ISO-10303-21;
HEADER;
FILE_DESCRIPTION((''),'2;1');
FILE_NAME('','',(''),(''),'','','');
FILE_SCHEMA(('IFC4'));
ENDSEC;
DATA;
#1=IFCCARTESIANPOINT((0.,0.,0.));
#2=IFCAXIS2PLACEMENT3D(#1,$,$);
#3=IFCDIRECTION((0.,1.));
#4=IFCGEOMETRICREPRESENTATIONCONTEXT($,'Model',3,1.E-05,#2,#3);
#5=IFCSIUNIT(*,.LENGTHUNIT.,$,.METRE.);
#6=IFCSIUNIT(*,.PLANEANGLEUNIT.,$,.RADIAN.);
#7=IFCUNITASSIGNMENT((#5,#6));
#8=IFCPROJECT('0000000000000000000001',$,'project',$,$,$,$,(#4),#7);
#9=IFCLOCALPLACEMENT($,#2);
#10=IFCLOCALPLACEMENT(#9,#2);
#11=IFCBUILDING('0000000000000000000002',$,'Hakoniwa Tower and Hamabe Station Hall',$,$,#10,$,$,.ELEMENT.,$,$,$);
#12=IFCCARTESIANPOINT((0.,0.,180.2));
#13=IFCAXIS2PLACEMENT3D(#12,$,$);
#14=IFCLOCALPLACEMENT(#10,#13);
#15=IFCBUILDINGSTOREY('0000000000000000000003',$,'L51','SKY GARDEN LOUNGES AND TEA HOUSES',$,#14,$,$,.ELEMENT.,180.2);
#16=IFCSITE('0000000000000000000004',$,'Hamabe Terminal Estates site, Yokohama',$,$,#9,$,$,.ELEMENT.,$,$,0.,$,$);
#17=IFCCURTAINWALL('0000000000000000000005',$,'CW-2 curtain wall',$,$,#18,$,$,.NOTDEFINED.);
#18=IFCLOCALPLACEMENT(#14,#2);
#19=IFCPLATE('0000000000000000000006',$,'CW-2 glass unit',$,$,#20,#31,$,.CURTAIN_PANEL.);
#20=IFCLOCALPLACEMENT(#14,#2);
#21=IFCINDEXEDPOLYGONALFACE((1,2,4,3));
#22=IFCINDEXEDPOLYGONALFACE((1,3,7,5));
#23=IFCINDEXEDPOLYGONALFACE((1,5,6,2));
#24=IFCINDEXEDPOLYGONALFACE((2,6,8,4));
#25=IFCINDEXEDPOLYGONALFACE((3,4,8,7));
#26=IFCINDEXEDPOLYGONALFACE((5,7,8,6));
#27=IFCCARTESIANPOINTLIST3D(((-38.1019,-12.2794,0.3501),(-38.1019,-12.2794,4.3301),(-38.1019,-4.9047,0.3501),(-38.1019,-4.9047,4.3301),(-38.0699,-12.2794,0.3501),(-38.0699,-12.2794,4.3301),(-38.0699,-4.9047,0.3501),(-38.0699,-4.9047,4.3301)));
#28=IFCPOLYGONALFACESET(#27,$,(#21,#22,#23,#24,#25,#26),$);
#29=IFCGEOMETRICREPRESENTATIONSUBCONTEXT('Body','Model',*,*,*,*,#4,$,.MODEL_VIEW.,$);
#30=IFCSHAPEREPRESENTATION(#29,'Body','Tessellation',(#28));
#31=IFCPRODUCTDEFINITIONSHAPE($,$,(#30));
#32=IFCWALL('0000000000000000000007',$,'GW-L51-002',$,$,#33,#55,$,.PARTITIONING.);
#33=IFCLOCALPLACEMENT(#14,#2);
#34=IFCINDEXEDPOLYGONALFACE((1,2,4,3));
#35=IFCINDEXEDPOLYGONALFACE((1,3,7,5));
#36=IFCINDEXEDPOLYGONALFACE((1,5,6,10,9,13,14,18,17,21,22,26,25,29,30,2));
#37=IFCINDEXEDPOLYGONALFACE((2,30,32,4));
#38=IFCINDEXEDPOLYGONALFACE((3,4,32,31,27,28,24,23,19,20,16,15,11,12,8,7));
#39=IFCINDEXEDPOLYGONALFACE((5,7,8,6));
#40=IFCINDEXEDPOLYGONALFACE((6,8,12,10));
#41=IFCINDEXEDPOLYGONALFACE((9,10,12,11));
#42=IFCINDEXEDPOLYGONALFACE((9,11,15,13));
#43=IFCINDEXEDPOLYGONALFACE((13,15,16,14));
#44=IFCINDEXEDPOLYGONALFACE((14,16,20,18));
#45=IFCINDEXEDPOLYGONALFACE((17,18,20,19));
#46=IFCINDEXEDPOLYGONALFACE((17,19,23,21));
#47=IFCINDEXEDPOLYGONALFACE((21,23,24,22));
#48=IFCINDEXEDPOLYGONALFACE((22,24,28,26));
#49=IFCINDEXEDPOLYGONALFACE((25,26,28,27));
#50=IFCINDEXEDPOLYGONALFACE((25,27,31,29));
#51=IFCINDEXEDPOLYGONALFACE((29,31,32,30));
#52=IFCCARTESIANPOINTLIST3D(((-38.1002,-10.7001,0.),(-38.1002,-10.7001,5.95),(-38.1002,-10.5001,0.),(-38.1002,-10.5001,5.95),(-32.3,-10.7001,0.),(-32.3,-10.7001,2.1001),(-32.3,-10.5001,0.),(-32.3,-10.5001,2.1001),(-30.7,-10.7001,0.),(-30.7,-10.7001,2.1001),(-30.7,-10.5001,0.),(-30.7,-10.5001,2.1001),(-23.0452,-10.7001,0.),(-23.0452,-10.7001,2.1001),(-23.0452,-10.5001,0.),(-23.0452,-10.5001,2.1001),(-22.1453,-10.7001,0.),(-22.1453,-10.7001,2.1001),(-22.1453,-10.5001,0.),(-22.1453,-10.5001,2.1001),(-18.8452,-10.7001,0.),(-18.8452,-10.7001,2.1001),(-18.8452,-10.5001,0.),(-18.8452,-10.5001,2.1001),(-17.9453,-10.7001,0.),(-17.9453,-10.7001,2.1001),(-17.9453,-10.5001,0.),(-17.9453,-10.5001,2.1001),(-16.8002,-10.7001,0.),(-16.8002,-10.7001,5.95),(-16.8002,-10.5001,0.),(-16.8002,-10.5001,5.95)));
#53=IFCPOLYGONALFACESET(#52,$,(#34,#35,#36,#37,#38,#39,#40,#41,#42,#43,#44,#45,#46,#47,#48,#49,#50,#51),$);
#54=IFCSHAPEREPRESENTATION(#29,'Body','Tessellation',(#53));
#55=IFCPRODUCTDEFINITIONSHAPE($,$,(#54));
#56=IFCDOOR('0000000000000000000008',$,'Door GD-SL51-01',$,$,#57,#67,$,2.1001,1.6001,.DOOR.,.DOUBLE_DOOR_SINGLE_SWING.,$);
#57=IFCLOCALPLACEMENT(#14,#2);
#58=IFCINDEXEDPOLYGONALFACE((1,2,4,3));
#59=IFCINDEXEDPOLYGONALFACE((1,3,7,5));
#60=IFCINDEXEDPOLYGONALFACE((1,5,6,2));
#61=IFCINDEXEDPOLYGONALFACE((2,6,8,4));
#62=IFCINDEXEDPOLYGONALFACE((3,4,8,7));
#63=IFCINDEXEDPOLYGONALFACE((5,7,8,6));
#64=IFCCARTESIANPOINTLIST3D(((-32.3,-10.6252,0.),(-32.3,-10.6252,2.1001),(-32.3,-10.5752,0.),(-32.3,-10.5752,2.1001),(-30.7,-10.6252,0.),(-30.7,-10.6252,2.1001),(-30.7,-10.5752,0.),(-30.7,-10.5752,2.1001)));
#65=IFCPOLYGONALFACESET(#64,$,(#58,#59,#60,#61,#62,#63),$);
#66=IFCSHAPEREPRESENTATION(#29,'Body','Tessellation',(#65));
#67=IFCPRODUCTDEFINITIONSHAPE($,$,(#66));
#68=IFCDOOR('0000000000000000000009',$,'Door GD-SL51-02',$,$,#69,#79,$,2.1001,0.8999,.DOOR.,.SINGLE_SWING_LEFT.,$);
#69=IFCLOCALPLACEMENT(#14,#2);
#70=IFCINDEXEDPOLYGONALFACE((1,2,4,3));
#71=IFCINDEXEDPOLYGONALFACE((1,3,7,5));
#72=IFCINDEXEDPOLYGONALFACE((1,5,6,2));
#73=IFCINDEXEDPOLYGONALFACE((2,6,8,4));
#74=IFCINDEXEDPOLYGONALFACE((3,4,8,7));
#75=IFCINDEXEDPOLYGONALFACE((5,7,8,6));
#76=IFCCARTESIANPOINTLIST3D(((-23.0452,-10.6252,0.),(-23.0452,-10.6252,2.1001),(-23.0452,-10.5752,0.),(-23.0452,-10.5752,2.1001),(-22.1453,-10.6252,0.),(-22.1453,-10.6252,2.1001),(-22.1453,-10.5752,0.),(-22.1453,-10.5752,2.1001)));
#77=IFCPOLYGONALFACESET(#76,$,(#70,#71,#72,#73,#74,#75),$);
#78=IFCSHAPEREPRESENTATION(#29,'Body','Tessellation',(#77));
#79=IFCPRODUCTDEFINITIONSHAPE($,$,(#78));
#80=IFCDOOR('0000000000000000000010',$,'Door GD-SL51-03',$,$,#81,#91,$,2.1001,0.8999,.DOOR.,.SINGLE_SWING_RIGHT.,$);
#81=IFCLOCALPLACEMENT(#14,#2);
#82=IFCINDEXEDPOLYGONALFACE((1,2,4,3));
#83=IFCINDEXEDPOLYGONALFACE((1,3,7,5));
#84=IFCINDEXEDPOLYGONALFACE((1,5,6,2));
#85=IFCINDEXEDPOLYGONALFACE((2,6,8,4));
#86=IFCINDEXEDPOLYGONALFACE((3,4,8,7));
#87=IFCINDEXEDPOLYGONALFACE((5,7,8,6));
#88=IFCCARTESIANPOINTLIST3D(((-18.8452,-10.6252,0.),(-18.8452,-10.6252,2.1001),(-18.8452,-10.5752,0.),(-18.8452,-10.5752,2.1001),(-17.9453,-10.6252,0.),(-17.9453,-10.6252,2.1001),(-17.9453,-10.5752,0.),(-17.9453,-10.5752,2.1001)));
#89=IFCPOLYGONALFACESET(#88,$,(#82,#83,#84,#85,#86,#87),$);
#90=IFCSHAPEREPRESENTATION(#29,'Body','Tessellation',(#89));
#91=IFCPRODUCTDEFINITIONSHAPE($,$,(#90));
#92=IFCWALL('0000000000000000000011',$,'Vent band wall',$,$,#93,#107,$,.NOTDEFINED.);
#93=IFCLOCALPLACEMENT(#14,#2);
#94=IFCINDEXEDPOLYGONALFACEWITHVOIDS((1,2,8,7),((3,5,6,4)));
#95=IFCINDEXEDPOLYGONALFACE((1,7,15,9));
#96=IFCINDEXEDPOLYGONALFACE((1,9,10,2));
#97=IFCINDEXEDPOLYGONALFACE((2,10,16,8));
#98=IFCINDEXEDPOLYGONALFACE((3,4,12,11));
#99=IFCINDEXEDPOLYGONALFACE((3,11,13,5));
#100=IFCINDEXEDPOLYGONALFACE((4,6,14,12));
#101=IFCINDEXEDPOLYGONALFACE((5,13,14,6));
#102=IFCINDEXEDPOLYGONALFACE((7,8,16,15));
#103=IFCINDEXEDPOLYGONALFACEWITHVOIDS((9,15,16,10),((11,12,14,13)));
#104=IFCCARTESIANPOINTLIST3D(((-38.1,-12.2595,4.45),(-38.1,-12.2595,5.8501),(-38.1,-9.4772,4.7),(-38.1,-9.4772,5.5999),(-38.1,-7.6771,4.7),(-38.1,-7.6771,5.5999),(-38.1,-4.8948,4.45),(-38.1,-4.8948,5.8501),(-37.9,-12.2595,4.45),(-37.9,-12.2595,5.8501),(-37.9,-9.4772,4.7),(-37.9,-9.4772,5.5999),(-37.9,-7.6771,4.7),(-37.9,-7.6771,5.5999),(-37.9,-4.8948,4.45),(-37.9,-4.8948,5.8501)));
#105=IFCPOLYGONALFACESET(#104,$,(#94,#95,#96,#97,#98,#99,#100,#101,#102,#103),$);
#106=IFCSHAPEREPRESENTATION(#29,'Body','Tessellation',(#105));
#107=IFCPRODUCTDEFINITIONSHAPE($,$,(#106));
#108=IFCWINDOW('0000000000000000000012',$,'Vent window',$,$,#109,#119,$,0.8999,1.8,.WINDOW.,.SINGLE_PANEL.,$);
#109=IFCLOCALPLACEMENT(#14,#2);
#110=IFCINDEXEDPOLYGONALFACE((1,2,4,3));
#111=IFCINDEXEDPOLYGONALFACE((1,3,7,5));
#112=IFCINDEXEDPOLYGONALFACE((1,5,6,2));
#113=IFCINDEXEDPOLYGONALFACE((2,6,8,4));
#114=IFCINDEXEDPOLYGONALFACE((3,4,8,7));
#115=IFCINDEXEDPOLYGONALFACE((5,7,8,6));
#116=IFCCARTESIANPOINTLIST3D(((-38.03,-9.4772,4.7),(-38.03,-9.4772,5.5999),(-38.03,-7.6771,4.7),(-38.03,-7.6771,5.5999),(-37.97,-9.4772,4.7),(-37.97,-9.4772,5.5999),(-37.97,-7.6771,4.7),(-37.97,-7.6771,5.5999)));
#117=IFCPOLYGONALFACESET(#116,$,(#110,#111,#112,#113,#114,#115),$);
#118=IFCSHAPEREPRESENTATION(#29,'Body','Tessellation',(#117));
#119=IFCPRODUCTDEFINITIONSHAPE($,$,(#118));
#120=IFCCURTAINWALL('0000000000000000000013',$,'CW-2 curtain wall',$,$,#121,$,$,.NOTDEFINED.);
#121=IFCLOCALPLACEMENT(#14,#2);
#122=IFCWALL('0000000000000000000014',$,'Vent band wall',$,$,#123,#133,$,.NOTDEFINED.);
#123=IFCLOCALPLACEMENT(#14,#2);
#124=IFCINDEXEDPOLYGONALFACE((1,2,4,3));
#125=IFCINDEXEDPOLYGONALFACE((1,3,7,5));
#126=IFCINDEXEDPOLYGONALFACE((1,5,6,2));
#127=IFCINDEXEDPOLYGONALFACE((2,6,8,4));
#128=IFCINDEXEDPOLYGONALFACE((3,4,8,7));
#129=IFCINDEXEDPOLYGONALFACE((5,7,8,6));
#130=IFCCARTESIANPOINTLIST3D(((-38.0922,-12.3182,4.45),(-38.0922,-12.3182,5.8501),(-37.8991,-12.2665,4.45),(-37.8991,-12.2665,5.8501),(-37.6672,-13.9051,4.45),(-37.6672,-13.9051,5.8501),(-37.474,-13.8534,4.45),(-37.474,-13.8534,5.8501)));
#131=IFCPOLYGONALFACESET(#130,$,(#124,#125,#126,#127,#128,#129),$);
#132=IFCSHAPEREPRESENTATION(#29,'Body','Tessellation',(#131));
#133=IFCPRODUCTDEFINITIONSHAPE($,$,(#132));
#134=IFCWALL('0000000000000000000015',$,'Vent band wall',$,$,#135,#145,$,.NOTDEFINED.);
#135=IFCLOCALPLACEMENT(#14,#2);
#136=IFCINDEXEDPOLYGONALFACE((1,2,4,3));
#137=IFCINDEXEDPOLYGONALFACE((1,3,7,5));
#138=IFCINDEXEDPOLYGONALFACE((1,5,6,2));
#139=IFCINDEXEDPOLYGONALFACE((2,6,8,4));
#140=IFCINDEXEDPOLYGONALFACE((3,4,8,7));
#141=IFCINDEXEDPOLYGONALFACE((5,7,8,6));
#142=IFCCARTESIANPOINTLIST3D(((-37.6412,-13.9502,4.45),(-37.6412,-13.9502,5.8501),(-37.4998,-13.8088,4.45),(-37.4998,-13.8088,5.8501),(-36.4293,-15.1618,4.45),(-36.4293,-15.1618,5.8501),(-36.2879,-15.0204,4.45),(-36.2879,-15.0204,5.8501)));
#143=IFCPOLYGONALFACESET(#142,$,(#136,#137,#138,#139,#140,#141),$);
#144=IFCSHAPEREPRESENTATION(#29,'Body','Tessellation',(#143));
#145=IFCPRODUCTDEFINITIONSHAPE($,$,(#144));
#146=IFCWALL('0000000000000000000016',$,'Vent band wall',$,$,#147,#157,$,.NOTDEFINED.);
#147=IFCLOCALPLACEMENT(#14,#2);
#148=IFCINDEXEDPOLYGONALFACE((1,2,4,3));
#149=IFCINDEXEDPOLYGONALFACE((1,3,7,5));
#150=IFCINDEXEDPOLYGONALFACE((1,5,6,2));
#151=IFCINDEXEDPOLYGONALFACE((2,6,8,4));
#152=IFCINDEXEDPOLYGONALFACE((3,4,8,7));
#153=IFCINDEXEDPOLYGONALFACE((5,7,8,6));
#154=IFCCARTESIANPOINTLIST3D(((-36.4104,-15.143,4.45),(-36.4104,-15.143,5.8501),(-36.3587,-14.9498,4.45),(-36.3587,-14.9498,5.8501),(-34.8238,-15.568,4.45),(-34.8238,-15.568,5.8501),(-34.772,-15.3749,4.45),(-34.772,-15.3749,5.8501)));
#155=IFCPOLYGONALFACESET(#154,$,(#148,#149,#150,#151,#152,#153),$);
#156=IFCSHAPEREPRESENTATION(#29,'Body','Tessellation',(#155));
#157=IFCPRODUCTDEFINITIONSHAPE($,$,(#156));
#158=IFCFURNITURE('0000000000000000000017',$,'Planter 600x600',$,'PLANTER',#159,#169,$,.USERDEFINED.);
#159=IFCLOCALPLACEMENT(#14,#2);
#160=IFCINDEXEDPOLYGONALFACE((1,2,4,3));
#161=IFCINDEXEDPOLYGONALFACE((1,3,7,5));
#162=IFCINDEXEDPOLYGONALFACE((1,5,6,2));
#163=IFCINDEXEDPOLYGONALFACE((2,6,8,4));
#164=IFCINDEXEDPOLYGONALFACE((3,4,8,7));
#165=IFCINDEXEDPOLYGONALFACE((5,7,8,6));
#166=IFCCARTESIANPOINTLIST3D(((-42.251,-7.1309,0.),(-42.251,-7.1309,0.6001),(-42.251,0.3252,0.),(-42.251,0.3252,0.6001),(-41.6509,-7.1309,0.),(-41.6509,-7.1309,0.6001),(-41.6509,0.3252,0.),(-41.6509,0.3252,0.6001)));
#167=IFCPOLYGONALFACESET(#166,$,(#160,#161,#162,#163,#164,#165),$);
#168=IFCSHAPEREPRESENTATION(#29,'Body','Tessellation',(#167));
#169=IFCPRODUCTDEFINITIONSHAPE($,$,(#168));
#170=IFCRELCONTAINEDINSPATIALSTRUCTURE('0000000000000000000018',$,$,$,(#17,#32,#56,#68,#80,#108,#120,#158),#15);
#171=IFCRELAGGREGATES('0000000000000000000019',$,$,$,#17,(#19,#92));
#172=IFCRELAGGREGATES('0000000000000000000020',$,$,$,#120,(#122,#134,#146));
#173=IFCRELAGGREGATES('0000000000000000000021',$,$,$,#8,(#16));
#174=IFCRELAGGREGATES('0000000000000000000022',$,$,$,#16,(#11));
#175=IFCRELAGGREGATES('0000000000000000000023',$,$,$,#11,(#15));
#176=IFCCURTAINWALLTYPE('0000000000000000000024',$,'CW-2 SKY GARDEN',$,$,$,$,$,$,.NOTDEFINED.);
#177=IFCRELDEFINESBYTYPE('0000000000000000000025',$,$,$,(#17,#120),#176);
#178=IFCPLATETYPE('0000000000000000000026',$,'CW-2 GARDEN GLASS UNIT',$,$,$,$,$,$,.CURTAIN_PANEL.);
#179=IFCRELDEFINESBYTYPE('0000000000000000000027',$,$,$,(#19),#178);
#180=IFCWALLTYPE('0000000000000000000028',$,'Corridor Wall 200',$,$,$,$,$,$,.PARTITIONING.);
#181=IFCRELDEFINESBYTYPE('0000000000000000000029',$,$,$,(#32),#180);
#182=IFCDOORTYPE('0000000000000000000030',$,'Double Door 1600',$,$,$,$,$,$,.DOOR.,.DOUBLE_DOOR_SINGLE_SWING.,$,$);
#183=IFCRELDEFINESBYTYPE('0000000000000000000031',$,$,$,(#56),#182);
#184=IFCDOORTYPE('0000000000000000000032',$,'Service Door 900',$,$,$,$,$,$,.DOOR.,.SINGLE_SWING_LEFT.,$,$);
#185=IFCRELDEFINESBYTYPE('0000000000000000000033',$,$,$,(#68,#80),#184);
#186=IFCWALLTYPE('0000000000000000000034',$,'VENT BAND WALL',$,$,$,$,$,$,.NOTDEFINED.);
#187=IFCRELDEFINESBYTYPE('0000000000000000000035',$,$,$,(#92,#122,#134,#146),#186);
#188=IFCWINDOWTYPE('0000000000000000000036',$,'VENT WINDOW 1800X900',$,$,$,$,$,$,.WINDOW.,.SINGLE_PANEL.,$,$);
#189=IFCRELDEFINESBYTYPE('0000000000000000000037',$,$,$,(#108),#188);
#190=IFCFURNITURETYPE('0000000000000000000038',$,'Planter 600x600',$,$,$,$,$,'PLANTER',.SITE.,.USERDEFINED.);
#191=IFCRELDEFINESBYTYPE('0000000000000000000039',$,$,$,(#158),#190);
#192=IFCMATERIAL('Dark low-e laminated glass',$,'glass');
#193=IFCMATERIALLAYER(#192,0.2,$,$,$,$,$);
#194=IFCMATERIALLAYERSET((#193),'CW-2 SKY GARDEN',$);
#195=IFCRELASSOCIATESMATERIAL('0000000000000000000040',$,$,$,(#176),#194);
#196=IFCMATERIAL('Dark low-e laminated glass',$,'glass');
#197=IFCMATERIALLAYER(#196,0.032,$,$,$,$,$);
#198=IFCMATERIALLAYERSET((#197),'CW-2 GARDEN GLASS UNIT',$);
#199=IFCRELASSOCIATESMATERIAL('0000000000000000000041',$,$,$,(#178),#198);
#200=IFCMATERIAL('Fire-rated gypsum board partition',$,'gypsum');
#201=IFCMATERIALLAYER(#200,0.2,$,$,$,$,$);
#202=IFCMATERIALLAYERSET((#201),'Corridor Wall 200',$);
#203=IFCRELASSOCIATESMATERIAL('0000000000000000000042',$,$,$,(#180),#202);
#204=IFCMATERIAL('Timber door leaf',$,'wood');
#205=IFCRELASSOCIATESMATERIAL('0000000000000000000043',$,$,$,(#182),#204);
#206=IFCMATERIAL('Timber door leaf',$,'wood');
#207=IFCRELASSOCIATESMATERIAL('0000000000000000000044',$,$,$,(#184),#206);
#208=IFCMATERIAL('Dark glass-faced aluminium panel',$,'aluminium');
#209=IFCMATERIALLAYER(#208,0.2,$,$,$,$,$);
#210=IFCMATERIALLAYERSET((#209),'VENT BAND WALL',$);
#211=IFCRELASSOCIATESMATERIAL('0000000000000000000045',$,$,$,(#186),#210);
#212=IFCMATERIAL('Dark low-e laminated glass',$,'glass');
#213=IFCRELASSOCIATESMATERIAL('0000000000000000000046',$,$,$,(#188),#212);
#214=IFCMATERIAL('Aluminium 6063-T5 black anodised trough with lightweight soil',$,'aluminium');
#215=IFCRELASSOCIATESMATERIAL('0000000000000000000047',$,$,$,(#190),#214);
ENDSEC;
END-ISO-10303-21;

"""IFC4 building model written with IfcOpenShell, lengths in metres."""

from ifc_helpers import new_model, si_unit, direction, frame, frame_2d, origin, origin_2d, place, context, subcontext, project, spatial, rectangle, extrude, material, layer, layer_set, type_object, element, fill, aggregate, save


model = new_model("IFC4")

# Units and contexts
model_context = context("Model", 3, precision=1e-05, world=origin(), true_north=direction((0.0, 1.0)))
body_context = subcontext(model_context, "Body", "Model", "MODEL_VIEW")
ifc_project = project(units=[si_unit("LENGTHUNIT", "METRE"), si_unit("PLANEANGLEUNIT", "RADIAN")], contexts=[model_context])

# Site, building, storey
site_placement = place(None, origin())
site = spatial("IfcSite", under=ifc_project, at=site_placement, Name="Hamabe Terminal Estates site, Yokohama", CompositionType="ELEMENT", RefElevation=0.0)
building_placement = place(site_placement, origin())
building = spatial("IfcBuilding", under=site, at=building_placement, Name="Hakoniwa Tower and Hamabe Station Hall", CompositionType="ELEMENT")
storey_placement = place(building_placement, frame((0.0, 0.0, 180.2)))
storey = spatial("IfcBuildingStorey", under=building, at=storey_placement, Name="L51", Description="SKY GARDEN LOUNGES AND TEA HOUSES", CompositionType="ELEMENT", Elevation=180.2)

# Shared definitions
ifc_material_1 = material(Name="Dark low-e laminated glass", Category="glass")
ifc_layer_1 = layer(ifc_material_1, 0.2)
ifc_layer_set_1 = layer_set([ifc_layer_1], Name="CW-2 SKY GARDEN")
curtain_wall_type = type_object("IfcCurtainWallType", Name="CW-2 SKY GARDEN", PredefinedType="NOTDEFINED", material=ifc_layer_set_1)

# Curtain wall, plate
curtain_wall_1_placement = place(storey_placement, origin())
curtain_wall_1 = element("IfcCurtainWall", 1, at=curtain_wall_1_placement, inside=storey, type_object=curtain_wall_type, Name="CW-2 curtain wall", PredefinedType="NOTDEFINED")
ifc_material_2 = material(Name="Dark low-e laminated glass", Category="glass")
ifc_layer_2 = layer(ifc_material_2, 0.032)
ifc_layer_set_2 = layer_set([ifc_layer_2], Name="CW-2 GARDEN GLASS UNIT")
plate_type = type_object("IfcPlateType", Name="CW-2 GARDEN GLASS UNIT", PredefinedType="CURTAIN_PANEL", material=ifc_layer_set_2)
plate_1_placement = place(storey_placement, frame((-38.0859, -8.592, 0.3501), z_axis=(0.0, 0.0, 1.0), x_axis=(0.0, -1.0, 0.0)))
plate_1 = element("IfcPlate", 2, at=plate_1_placement, type_object=plate_type, Name="CW-2 glass unit", PredefinedType="CURTAIN_PANEL", context=body_context, shape_type="SweptSolid", body=[
    extrude(rectangle(XDim=7.3748, YDim=0.032, at=origin_2d()), origin(), (0.0, 0.0, 1.0), 3.98),
])

# Wall, openings, doors
ifc_material_3 = material(Name="Fire-rated gypsum board partition", Category="gypsum")
ifc_layer_3 = layer(ifc_material_3, 0.2)
ifc_layer_set_3 = layer_set([ifc_layer_3], Name="Corridor Wall 200")
wall_type_1 = type_object("IfcWallType", Name="Corridor Wall 200", PredefinedType="PARTITIONING", material=ifc_layer_set_3)
wall_1_placement = place(storey_placement, frame((-38.1001, -10.6001, 0.0), z_axis=(0.0, 0.0, 1.0), x_axis=(1.0, 0.0, 0.0)))
wall_1 = element("IfcWall", 3, at=wall_1_placement, inside=storey, type_object=wall_type_1, Name="GW-L51-002", PredefinedType="PARTITIONING", context=body_context, shape_type="SweptSolid", body=[
    extrude(rectangle(XDim=21.3, YDim=0.2, at=frame_2d((10.6499, 0.0))), origin(), (0.0, 0.0, 1.0), 5.95),
])
opening_1_placement = place(wall_1_placement, frame((5.8, 0.0, 0.0)))
opening_1 = element("IfcOpeningElement", 4, at=opening_1_placement, cuts=wall_1, PredefinedType="OPENING", context=body_context, shape_type="SweptSolid", body=[
    extrude(rectangle(XDim=1.6001, YDim=2.1001, at=frame_2d((0.8, 1.05))), frame((0.0, 0.1099, 0.0), z_axis=(0.0, -1.0, 0.0), x_axis=(1.0, 0.0, 0.0)), (0.0, 0.0, 1.0), 0.22),
])
opening_2_placement = place(wall_1_placement, frame((15.0549, 0.0, 0.0)))
opening_2 = element("IfcOpeningElement", 5, at=opening_2_placement, cuts=wall_1, PredefinedType="OPENING", context=body_context, shape_type="SweptSolid", body=[
    extrude(rectangle(XDim=0.8999, YDim=2.1001, at=frame_2d((0.45, 1.05))), frame((0.0, 0.1099, 0.0), z_axis=(0.0, -1.0, 0.0), x_axis=(1.0, 0.0, 0.0)), (0.0, 0.0, 1.0), 0.22),
])
opening_3_placement = place(wall_1_placement, frame((19.2549, 0.0, 0.0)))
opening_3 = element("IfcOpeningElement", 6, at=opening_3_placement, cuts=wall_1, PredefinedType="OPENING", context=body_context, shape_type="SweptSolid", body=[
    extrude(rectangle(XDim=0.8999, YDim=2.1001, at=frame_2d((0.45, 1.05))), frame((0.0, 0.1099, 0.0), z_axis=(0.0, -1.0, 0.0), x_axis=(1.0, 0.0, 0.0)), (0.0, 0.0, 1.0), 0.22),
])
ifc_material_4 = material(Name="Timber door leaf", Category="wood")
door_type_1 = type_object("IfcDoorType", Name="Double Door 1600", OperationType="DOUBLE_DOOR_SINGLE_SWING", PredefinedType="DOOR", material=ifc_material_4)
door_1_placement = place(opening_1_placement, origin())
door_1 = element("IfcDoor", 7, at=door_1_placement, inside=storey, type_object=door_type_1, Name="Door GD-SL51-01", OperationType="DOUBLE_DOOR_SINGLE_SWING", OverallHeight=2.1001, OverallWidth=1.6001, PredefinedType="DOOR", context=body_context, shape_type="SweptSolid", body=[
    extrude(rectangle(XDim=1.6001, YDim=2.1001, at=frame_2d((0.8, 1.05))), frame((0.0, 0.0249, 0.0), z_axis=(0.0, -1.0, 0.0), x_axis=(1.0, 0.0, 0.0)), (0.0, 0.0, 1.0), 0.05),
])
fill(opening_1, door_1)
ifc_material_5 = material(Name="Timber door leaf", Category="wood")
door_type_2 = type_object("IfcDoorType", Name="Service Door 900", OperationType="SINGLE_SWING_LEFT", PredefinedType="DOOR", material=ifc_material_5)
door_2_placement = place(opening_2_placement, origin())
door_2 = element("IfcDoor", 8, at=door_2_placement, inside=storey, type_object=door_type_2, Name="Door GD-SL51-02", OperationType="SINGLE_SWING_LEFT", OverallHeight=2.1001, OverallWidth=0.8999, PredefinedType="DOOR", context=body_context, shape_type="SweptSolid", body=[
    extrude(rectangle(XDim=0.8999, YDim=2.1001, at=frame_2d((0.45, 1.05))), frame((0.0, 0.0249, 0.0), z_axis=(0.0, -1.0, 0.0), x_axis=(1.0, 0.0, 0.0)), (0.0, 0.0, 1.0), 0.05),
])
fill(opening_2, door_2)
door_3_placement = place(opening_3_placement, origin())
door_3 = element("IfcDoor", 9, at=door_3_placement, inside=storey, type_object=door_type_2, Name="Door GD-SL51-03", OperationType="SINGLE_SWING_RIGHT", OverallHeight=2.1001, OverallWidth=0.8999, PredefinedType="DOOR", context=body_context, shape_type="SweptSolid", body=[
    extrude(rectangle(XDim=0.8999, YDim=2.1001, at=frame_2d((0.45, 1.05))), frame((0.0, 0.0249, 0.0), z_axis=(0.0, -1.0, 0.0), x_axis=(1.0, 0.0, 0.0)), (0.0, 0.0, 1.0), 0.05),
])
fill(opening_3, door_3)

# Wall, opening, window
ifc_material_6 = material(Name="Dark glass-faced aluminium panel", Category="aluminium")
ifc_layer_4 = layer(ifc_material_6, 0.2)
ifc_layer_set_4 = layer_set([ifc_layer_4], Name="VENT BAND WALL")
wall_type_2 = type_object("IfcWallType", Name="VENT BAND WALL", PredefinedType="NOTDEFINED", material=ifc_layer_set_4)
wall_2_placement = place(storey_placement, frame((-38.0, -4.8948, 4.45), z_axis=(0.0, 0.0, 1.0), x_axis=(0.0, -1.0, 0.0)))
wall_2 = element("IfcWall", 10, at=wall_2_placement, type_object=wall_type_2, Name="Vent band wall", PredefinedType="NOTDEFINED", context=body_context, shape_type="SweptSolid", body=[
    extrude(rectangle(XDim=7.3647, YDim=0.2, at=frame_2d((3.6824, 0.0))), origin(), (0.0, 0.0, 1.0), 1.4001),
])
opening_4_placement = place(wall_2_placement, frame((2.7825, 0.0, 0.25)))
opening_4 = element("IfcOpeningElement", 11, at=opening_4_placement, cuts=wall_2, PredefinedType="OPENING", context=body_context, shape_type="SweptSolid", body=[
    extrude(rectangle(XDim=1.8, YDim=0.8999, at=frame_2d((0.8999, 0.45))), frame((0.0, 0.1099, 0.0), z_axis=(0.0, -1.0, 0.0), x_axis=(1.0, 0.0, 0.0)), (0.0, 0.0, 1.0), 0.22),
])
ifc_material_7 = material(Name="Dark low-e laminated glass", Category="glass")
window_type = type_object("IfcWindowType", Name="VENT WINDOW 1800X900", PartitioningType="SINGLE_PANEL", PredefinedType="WINDOW", material=ifc_material_7)
window_placement = place(opening_4_placement, origin())
window = element("IfcWindow", 12, at=window_placement, inside=storey, type_object=window_type, Name="Vent window", OverallHeight=0.8999, OverallWidth=1.8, PartitioningType="SINGLE_PANEL", PredefinedType="WINDOW", context=body_context, shape_type="SweptSolid", body=[
    extrude(rectangle(XDim=1.8, YDim=0.8999, at=frame_2d((0.8999, 0.45))), frame((0.0, 0.03, 0.0), z_axis=(0.0, -1.0, 0.0), x_axis=(1.0, 0.0, 0.0)), (0.0, 0.0, 1.0), 0.0601),
])
fill(opening_4, window)
aggregate(curtain_wall_1, [plate_1, wall_2])

# Curtain wall, walls
curtain_wall_2_placement = place(storey_placement, origin())
curtain_wall_2 = element("IfcCurtainWall", 13, at=curtain_wall_2_placement, inside=storey, type_object=curtain_wall_type, Name="CW-2 curtain wall", PredefinedType="NOTDEFINED")
wall_3_placement = place(storey_placement, frame((-37.9956, -12.2925, 4.45), z_axis=(0.0, 0.0, 1.0), x_axis=(0.258726, -0.965951, 0.0)))
wall_3 = element("IfcWall", 14, at=wall_3_placement, type_object=wall_type_2, Name="Vent band wall", PredefinedType="NOTDEFINED", context=body_context, shape_type="SweptSolid", body=[
    extrude(rectangle(XDim=1.6428, YDim=0.2, at=frame_2d((0.8213, 0.0))), origin(), (0.0, 0.0, 1.0), 1.4001),
])
wall_4_placement = place(storey_placement, frame((-37.5706, -13.8794, 4.45), z_axis=(0.0, 0.0, 1.0), x_axis=(0.707178, -0.707036, 0.0)))
wall_4 = element("IfcWall", 15, at=wall_4_placement, type_object=wall_type_2, Name="Vent band wall", PredefinedType="NOTDEFINED", context=body_context, shape_type="SweptSolid", body=[
    extrude(rectangle(XDim=1.7136, YDim=0.2, at=frame_2d((0.8569, 0.0))), origin(), (0.0, 0.0, 1.0), 1.4001),
])
wall_5_placement = place(storey_placement, frame((-36.3845, -15.0464, 4.45), z_axis=(0.0, 0.0, 1.0), x_axis=(0.965941, -0.258763, 0.0)))
wall_5 = element("IfcWall", 16, at=wall_5_placement, type_object=wall_type_2, Name="Vent band wall", PredefinedType="NOTDEFINED", context=body_context, shape_type="SweptSolid", body=[
    extrude(rectangle(XDim=1.6426, YDim=0.2, at=frame_2d((0.8213, 0.0))), origin(), (0.0, 0.0, 1.0), 1.4001),
])
aggregate(curtain_wall_2, [wall_3, wall_4, wall_5])

# Furniture
ifc_material_8 = material(Name="Aluminium 6063-T5 black anodised trough with lightweight soil", Category="aluminium")
furniture_type = type_object("IfcFurnitureType", Name="Planter 600x600", ElementType="PLANTER", AssemblyPlace="SITE", PredefinedType="USERDEFINED", material=ifc_material_8)
for number, where, z_axis, x_axis, name in (
    (17, (-41.9509, -3.4028, 0.0), (0.0, 0.0, 1.0), (0.0, -1.0, 0.0), "Planter 600x600"),
):
    element("IfcFurniture", number, at=place(storey_placement, frame(where, z_axis=z_axis, x_axis=x_axis)), inside=storey, type_object=furniture_type, Name=name, ObjectType="PLANTER", PredefinedType="USERDEFINED", context=body_context, shape_type="SweptSolid", body=[
        extrude(rectangle(XDim=7.4561, YDim=0.6001, at=origin_2d()), origin(), (0.0, 0.0, 1.0), 0.6001),
    ])

save(model, "model.ifc")
